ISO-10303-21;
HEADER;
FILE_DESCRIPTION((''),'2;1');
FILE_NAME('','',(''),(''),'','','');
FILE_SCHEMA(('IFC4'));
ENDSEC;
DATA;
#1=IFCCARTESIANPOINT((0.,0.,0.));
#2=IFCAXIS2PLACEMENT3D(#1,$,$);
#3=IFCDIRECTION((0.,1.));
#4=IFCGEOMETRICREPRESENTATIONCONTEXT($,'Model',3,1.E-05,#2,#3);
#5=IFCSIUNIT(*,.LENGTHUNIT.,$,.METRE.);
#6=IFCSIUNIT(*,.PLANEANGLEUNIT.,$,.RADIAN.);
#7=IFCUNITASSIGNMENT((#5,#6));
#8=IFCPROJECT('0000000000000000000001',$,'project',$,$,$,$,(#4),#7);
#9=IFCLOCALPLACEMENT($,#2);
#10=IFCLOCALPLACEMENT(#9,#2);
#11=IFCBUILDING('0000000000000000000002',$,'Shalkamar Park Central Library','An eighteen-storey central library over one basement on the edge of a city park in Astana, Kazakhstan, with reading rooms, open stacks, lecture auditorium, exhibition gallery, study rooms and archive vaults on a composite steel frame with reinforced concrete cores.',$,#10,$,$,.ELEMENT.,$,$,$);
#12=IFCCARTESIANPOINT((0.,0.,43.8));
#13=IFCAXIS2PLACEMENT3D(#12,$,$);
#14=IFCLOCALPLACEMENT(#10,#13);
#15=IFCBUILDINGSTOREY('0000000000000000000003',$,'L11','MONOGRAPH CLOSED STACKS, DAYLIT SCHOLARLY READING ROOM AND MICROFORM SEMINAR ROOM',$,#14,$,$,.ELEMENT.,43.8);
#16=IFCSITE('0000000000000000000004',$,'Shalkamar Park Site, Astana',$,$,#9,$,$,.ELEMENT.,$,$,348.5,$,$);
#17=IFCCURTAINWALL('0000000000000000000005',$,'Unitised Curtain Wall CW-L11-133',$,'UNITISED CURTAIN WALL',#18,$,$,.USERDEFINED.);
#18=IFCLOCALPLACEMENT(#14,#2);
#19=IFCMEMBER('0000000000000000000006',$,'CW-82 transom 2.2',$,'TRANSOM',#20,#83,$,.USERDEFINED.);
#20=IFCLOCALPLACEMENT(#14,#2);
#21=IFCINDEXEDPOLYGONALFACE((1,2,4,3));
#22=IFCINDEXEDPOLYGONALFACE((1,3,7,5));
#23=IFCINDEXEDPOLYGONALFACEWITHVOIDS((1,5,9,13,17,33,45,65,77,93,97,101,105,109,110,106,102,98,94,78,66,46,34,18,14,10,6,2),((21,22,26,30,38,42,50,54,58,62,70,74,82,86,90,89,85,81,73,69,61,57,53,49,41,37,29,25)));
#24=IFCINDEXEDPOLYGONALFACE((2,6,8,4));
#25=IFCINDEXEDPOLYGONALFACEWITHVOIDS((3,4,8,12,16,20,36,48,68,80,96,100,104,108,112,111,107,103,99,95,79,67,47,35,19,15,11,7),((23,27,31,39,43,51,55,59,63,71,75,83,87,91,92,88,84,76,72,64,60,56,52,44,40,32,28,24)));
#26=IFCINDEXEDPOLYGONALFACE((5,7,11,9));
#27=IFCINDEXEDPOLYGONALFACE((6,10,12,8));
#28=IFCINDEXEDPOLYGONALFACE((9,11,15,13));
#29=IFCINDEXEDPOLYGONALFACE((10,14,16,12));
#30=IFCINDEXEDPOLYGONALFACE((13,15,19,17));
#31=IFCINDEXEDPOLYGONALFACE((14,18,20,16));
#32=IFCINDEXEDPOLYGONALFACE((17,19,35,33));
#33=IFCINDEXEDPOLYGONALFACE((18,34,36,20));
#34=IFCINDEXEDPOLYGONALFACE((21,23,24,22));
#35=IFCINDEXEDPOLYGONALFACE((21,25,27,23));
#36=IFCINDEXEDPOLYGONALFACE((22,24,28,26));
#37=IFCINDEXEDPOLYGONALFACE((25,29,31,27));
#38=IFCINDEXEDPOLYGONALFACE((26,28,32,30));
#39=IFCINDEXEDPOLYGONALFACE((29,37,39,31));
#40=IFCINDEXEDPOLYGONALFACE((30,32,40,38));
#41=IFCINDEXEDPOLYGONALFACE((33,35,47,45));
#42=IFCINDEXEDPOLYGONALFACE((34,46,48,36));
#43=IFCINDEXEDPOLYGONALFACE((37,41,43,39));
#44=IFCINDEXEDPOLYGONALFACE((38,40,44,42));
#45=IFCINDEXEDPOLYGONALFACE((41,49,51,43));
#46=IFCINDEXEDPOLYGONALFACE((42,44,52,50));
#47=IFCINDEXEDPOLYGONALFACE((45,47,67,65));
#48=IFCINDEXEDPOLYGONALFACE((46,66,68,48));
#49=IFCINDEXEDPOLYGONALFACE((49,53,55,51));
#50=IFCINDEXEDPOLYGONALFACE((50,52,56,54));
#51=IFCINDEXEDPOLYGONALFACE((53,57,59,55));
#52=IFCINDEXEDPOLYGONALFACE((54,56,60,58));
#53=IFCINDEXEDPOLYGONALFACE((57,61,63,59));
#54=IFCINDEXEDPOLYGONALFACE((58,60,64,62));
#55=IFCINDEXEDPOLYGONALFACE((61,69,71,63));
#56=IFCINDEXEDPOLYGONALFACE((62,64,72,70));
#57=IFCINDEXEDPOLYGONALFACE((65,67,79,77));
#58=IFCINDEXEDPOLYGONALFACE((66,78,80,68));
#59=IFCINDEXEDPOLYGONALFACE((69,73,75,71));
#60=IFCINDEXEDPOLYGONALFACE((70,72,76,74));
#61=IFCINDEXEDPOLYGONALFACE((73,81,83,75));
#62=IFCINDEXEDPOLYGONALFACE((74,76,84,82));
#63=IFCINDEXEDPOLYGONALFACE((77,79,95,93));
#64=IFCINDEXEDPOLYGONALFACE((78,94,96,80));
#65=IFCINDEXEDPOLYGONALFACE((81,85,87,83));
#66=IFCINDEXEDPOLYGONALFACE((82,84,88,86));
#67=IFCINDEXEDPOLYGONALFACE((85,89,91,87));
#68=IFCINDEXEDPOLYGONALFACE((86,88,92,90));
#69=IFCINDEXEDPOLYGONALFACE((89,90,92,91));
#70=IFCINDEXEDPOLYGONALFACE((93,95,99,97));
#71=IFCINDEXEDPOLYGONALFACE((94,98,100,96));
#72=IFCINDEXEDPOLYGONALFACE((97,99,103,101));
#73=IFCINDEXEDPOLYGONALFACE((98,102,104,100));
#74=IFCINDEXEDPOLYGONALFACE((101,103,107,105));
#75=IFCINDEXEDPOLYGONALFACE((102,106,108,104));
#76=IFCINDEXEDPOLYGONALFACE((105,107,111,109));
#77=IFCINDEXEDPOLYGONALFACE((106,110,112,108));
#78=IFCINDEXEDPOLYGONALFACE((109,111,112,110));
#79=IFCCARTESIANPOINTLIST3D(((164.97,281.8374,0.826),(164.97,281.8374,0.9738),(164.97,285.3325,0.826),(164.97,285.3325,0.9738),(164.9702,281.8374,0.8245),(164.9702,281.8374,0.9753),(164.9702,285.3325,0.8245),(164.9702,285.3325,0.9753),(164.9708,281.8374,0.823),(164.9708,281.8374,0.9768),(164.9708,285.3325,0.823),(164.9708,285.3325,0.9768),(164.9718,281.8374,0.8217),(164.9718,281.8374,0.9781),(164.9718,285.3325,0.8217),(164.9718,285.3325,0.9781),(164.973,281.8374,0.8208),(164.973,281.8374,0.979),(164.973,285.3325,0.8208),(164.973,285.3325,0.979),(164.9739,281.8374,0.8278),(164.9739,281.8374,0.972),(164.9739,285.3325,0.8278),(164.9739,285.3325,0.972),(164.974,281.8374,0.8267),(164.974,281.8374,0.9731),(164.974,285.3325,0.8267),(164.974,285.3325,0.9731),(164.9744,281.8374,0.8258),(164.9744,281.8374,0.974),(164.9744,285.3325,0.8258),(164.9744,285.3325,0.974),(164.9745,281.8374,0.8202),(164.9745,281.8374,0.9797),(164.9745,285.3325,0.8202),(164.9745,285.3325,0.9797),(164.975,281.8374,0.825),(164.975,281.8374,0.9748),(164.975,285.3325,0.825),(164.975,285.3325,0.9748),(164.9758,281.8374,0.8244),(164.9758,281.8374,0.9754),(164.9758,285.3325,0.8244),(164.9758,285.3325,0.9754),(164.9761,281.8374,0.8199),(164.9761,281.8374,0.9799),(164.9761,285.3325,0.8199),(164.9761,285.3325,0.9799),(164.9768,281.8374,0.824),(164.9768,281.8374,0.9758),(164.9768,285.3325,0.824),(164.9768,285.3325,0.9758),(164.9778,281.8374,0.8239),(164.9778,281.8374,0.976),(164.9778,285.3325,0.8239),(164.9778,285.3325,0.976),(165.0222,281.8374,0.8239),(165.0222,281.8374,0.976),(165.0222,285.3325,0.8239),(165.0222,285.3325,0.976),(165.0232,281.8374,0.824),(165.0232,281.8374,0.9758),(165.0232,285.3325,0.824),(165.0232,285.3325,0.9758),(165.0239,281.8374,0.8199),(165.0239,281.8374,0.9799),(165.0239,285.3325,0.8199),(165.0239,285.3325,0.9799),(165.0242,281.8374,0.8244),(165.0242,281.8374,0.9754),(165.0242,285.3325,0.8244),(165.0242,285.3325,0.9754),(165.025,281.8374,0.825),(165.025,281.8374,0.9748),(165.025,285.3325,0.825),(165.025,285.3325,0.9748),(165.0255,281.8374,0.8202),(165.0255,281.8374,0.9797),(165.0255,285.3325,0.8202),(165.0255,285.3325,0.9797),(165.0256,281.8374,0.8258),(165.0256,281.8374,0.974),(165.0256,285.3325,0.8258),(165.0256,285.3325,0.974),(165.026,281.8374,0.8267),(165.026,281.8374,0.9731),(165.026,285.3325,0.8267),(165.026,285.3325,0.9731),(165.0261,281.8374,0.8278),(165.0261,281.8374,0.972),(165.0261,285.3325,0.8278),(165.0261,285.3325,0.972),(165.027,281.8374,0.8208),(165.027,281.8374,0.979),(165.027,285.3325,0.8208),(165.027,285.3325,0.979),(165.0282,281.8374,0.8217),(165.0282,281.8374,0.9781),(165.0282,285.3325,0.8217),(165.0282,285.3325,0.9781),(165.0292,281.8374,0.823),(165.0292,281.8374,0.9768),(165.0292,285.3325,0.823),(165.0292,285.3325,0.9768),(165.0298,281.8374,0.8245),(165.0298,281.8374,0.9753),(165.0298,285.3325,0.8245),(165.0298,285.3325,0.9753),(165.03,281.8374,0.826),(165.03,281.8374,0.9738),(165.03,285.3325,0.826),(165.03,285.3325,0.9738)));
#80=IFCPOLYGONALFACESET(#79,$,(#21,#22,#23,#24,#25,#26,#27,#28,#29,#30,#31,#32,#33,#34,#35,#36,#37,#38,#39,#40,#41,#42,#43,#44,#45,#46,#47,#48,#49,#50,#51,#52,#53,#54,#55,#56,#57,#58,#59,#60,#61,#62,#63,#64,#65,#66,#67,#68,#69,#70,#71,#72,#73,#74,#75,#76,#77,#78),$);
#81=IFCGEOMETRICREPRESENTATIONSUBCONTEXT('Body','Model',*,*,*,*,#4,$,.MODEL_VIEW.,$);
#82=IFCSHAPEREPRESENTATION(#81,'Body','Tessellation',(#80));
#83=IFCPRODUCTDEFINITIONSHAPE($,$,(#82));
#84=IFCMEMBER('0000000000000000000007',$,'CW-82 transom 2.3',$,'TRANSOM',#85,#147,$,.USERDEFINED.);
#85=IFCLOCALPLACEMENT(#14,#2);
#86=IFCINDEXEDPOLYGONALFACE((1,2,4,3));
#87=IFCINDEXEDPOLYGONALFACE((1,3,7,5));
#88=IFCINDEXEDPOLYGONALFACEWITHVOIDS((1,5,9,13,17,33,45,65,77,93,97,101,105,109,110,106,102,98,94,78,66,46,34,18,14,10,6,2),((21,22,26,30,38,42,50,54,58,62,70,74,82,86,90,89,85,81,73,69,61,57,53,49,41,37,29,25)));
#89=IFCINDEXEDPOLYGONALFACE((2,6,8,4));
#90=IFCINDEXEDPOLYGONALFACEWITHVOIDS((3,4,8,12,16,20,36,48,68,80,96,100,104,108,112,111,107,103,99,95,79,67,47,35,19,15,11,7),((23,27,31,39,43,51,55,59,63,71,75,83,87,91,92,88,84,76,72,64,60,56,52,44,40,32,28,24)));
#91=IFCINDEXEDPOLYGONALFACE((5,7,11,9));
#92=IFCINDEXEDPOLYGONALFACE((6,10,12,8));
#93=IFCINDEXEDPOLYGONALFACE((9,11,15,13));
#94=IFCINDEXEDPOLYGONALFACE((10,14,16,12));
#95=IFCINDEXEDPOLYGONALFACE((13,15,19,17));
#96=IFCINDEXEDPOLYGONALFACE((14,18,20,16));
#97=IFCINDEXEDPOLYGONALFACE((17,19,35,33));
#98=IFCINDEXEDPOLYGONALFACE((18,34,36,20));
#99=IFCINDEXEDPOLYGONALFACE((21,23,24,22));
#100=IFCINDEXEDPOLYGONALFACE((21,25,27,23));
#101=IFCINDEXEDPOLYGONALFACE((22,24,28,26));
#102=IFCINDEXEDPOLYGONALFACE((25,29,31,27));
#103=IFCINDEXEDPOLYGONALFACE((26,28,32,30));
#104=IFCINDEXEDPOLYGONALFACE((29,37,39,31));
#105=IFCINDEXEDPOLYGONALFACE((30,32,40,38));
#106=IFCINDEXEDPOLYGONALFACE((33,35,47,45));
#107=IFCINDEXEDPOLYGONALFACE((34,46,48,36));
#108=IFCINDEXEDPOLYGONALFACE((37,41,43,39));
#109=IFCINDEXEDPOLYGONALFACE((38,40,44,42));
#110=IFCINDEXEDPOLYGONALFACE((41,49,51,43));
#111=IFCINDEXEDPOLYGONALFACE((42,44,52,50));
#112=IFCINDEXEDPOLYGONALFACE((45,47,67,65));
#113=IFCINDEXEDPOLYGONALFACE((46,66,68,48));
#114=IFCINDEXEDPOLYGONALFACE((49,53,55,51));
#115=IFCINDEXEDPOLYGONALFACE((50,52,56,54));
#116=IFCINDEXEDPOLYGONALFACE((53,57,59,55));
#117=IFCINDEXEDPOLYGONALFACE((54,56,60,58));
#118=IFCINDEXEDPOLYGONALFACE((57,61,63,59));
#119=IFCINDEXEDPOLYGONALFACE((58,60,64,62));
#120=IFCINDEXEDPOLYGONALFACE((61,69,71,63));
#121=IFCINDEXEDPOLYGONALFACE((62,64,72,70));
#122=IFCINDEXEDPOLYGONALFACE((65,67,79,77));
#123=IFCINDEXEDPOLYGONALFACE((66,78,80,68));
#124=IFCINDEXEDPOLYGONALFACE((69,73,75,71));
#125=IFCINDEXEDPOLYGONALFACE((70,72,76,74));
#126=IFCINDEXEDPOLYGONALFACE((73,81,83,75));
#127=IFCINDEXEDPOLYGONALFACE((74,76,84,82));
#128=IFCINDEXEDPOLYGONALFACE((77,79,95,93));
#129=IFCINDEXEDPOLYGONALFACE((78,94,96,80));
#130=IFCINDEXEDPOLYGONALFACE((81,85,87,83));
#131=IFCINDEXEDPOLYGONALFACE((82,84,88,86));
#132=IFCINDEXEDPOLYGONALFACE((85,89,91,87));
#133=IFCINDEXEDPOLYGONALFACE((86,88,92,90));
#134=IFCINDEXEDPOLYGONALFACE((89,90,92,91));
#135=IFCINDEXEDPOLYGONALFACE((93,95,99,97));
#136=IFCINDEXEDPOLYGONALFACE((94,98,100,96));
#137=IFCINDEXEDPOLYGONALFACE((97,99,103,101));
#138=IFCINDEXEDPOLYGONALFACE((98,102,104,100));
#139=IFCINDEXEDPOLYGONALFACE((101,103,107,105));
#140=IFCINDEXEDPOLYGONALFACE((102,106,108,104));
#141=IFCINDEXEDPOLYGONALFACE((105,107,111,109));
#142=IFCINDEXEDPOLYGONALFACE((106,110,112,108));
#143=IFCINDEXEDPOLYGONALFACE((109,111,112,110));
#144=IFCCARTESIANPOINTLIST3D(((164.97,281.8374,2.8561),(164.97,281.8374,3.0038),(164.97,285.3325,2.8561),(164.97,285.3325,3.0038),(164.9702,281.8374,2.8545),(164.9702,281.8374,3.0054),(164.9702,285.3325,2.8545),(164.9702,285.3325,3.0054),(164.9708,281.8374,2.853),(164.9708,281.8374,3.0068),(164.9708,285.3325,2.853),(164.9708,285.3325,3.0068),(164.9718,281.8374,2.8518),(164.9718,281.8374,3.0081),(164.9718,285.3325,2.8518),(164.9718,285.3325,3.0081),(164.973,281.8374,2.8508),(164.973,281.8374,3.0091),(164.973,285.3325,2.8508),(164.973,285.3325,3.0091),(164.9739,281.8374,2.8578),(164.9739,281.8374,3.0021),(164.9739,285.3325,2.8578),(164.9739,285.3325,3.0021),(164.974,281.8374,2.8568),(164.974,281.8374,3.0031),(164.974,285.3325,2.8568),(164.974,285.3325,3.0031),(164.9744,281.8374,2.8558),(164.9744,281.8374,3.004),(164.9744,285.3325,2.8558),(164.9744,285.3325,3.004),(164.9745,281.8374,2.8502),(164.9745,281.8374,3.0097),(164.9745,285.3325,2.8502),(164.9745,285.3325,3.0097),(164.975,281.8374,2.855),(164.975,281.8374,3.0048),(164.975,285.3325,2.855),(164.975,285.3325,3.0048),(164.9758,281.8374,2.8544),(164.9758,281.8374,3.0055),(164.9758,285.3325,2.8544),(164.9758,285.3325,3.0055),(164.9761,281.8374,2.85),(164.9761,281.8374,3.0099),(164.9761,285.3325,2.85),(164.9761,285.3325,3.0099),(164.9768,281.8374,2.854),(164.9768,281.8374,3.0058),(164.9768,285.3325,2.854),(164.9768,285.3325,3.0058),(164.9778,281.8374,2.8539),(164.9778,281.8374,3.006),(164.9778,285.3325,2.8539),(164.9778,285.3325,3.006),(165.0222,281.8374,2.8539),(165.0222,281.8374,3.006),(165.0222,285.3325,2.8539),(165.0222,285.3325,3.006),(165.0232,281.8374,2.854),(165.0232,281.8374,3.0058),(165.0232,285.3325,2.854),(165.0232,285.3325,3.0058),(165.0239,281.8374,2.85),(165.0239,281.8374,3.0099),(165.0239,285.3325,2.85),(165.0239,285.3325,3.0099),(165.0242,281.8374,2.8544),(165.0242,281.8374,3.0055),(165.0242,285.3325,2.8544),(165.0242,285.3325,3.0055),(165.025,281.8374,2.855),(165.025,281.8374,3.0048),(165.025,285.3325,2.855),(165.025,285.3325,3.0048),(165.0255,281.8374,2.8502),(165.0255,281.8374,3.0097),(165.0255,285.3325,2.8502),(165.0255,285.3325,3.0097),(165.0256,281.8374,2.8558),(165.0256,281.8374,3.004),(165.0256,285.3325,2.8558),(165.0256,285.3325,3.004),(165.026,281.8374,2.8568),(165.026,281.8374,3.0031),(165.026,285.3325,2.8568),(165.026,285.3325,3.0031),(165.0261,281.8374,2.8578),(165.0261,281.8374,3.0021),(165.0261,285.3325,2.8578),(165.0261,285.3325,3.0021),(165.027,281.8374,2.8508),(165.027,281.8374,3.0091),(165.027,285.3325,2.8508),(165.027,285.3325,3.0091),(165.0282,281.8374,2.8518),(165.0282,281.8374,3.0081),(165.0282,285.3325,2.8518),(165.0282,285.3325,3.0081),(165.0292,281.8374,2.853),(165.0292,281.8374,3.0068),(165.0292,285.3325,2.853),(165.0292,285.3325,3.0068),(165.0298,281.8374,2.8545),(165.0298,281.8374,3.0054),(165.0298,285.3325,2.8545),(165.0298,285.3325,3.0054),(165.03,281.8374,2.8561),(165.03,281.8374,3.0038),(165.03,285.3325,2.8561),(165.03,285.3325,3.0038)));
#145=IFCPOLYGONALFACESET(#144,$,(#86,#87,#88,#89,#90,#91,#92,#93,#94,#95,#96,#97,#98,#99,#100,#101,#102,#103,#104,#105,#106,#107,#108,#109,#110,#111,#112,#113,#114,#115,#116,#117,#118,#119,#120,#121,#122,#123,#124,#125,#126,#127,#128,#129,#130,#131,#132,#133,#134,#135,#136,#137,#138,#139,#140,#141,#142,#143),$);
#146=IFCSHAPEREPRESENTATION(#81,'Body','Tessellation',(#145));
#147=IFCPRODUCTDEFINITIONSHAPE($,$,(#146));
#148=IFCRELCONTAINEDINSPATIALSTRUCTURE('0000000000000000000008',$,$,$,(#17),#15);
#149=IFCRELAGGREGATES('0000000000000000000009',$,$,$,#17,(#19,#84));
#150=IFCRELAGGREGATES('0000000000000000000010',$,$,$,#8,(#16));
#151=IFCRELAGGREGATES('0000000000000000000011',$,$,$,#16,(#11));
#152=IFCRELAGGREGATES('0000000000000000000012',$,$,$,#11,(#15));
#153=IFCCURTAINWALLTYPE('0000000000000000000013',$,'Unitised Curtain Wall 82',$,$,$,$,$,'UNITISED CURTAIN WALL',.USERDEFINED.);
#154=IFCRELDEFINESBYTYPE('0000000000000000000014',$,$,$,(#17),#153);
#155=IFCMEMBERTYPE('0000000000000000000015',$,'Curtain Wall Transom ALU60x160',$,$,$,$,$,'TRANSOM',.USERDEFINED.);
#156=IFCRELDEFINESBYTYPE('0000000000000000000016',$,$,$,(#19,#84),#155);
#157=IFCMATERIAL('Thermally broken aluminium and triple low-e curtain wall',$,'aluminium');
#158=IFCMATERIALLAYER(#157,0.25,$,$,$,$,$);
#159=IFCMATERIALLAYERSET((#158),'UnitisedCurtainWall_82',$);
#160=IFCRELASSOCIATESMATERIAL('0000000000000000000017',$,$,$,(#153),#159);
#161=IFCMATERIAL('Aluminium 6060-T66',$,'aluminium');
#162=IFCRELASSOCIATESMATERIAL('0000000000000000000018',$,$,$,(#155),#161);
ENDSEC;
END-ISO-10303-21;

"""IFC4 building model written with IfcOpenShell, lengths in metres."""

from ifc_helpers import new_model, si_unit, direction, frame, origin, origin_2d, place, context, subcontext, project, spatial, hollow_rectangle, extrude, material, layer, layer_set, material_profile, profile_set, type_object, element, aggregate, save


model = new_model("IFC4")

# Units and contexts
model_context = context("Model", 3, precision=1e-05, world=origin(), true_north=direction((0.0, 1.0)))
body_context = subcontext(model_context, "Body", "Model", "MODEL_VIEW")
ifc_project = project(units=[si_unit("LENGTHUNIT", "METRE"), si_unit("PLANEANGLEUNIT", "RADIAN")], contexts=[model_context])

# Site, building, storey
site_placement = place(None, origin())
site = spatial("IfcSite", under=ifc_project, at=site_placement, Name="Shalkamar Park Site, Astana", CompositionType="ELEMENT", RefElevation=348.5)
building_placement = place(site_placement, origin())
building = spatial("IfcBuilding", under=site, at=building_placement, Name="Shalkamar Park Central Library", Description="An eighteen-storey central library over one basement on the edge of a city park in Astana, Kazakhstan, with reading rooms, open stacks, lecture auditorium, exhibition gallery, study rooms and archive vaults on a composite steel frame with reinforced concrete cores.", CompositionType="ELEMENT")
storey_placement = place(building_placement, frame((0.0, 0.0, 43.8)))
storey = spatial("IfcBuildingStorey", under=building, at=storey_placement, Name="L11", Description="MONOGRAPH CLOSED STACKS, DAYLIT SCHOLARLY READING ROOM AND MICROFORM SEMINAR ROOM", CompositionType="ELEMENT", Elevation=43.8)

# Curtain wall
ifc_material_1 = material(Name="Thermally broken aluminium and triple low-e curtain wall", Category="aluminium")
ifc_layer_1 = layer(ifc_material_1, 0.25)
ifc_layer_set_1 = layer_set([ifc_layer_1], Name="UnitisedCurtainWall_82")
curtain_wall_type_1 = type_object("IfcCurtainWallType", Name="Unitised Curtain Wall 82", ElementType="UNITISED CURTAIN WALL", PredefinedType="USERDEFINED", material=ifc_layer_set_1)
curtain_wall_1_placement = place(storey_placement, origin())
curtain_wall_1 = element("IfcCurtainWall", 1, at=curtain_wall_1_placement, inside=storey, type_object=curtain_wall_type_1, Name="Unitised Curtain Wall CW-L11-133", ObjectType="UNITISED CURTAIN WALL", PredefinedType="USERDEFINED")
ifc_material_2 = material(Name="Aluminium 6060-T66", Category="aluminium")

# Members
ifc_material_profile_1 = material_profile(ifc_material_2, hollow_rectangle(XDim=0.0601, YDim=0.1599, WallThickness=0.0039, InnerFilletRadius=0.0039, OuterFilletRadius=0.0061, at=origin_2d()), Name="ALU 60x160x4")
ifc_profile_set_1 = profile_set([ifc_material_profile_1], Name="Aluminium 6060-T66")
member_type_1 = type_object("IfcMemberType", Name="Curtain Wall Transom ALU60x160", ElementType="TRANSOM", PredefinedType="USERDEFINED", material=ifc_profile_set_1)
member_1_placement = place(storey_placement, frame((165.0, 281.8374, 0.8999), z_axis=(0.0, 1.0, 0.0), x_axis=(-1.0, 0.0, 0.0)))
member_1 = element("IfcMember", 2, at=member_1_placement, type_object=member_type_1, Name="CW-82 transom 2.2", ObjectType="TRANSOM", PredefinedType="USERDEFINED", context=body_context, shape_type="SweptSolid", body=[
    extrude(hollow_rectangle(XDim=0.0601, YDim=0.1599, WallThickness=0.0039, InnerFilletRadius=0.0039, OuterFilletRadius=0.0061, at=origin_2d()), origin(), (0.0, 0.0, 1.0), 3.4951),
])
member_2_placement = place(storey_placement, frame((165.0, 281.8374, 2.9299), z_axis=(0.0, 1.0, 0.0), x_axis=(-1.0, 0.0, 0.0)))
member_2 = element("IfcMember", 3, at=member_2_placement, type_object=member_type_1, Name="CW-82 transom 2.3", ObjectType="TRANSOM", PredefinedType="USERDEFINED", context=body_context, shape_type="SweptSolid", body=[
    extrude(hollow_rectangle(XDim=0.0601, YDim=0.1599, WallThickness=0.0039, InnerFilletRadius=0.0039, OuterFilletRadius=0.0061, at=origin_2d()), origin(), (0.0, 0.0, 1.0), 3.4951),
])

aggregate(curtain_wall_1, [member_1, member_2])

save(model, "model.ifc")
